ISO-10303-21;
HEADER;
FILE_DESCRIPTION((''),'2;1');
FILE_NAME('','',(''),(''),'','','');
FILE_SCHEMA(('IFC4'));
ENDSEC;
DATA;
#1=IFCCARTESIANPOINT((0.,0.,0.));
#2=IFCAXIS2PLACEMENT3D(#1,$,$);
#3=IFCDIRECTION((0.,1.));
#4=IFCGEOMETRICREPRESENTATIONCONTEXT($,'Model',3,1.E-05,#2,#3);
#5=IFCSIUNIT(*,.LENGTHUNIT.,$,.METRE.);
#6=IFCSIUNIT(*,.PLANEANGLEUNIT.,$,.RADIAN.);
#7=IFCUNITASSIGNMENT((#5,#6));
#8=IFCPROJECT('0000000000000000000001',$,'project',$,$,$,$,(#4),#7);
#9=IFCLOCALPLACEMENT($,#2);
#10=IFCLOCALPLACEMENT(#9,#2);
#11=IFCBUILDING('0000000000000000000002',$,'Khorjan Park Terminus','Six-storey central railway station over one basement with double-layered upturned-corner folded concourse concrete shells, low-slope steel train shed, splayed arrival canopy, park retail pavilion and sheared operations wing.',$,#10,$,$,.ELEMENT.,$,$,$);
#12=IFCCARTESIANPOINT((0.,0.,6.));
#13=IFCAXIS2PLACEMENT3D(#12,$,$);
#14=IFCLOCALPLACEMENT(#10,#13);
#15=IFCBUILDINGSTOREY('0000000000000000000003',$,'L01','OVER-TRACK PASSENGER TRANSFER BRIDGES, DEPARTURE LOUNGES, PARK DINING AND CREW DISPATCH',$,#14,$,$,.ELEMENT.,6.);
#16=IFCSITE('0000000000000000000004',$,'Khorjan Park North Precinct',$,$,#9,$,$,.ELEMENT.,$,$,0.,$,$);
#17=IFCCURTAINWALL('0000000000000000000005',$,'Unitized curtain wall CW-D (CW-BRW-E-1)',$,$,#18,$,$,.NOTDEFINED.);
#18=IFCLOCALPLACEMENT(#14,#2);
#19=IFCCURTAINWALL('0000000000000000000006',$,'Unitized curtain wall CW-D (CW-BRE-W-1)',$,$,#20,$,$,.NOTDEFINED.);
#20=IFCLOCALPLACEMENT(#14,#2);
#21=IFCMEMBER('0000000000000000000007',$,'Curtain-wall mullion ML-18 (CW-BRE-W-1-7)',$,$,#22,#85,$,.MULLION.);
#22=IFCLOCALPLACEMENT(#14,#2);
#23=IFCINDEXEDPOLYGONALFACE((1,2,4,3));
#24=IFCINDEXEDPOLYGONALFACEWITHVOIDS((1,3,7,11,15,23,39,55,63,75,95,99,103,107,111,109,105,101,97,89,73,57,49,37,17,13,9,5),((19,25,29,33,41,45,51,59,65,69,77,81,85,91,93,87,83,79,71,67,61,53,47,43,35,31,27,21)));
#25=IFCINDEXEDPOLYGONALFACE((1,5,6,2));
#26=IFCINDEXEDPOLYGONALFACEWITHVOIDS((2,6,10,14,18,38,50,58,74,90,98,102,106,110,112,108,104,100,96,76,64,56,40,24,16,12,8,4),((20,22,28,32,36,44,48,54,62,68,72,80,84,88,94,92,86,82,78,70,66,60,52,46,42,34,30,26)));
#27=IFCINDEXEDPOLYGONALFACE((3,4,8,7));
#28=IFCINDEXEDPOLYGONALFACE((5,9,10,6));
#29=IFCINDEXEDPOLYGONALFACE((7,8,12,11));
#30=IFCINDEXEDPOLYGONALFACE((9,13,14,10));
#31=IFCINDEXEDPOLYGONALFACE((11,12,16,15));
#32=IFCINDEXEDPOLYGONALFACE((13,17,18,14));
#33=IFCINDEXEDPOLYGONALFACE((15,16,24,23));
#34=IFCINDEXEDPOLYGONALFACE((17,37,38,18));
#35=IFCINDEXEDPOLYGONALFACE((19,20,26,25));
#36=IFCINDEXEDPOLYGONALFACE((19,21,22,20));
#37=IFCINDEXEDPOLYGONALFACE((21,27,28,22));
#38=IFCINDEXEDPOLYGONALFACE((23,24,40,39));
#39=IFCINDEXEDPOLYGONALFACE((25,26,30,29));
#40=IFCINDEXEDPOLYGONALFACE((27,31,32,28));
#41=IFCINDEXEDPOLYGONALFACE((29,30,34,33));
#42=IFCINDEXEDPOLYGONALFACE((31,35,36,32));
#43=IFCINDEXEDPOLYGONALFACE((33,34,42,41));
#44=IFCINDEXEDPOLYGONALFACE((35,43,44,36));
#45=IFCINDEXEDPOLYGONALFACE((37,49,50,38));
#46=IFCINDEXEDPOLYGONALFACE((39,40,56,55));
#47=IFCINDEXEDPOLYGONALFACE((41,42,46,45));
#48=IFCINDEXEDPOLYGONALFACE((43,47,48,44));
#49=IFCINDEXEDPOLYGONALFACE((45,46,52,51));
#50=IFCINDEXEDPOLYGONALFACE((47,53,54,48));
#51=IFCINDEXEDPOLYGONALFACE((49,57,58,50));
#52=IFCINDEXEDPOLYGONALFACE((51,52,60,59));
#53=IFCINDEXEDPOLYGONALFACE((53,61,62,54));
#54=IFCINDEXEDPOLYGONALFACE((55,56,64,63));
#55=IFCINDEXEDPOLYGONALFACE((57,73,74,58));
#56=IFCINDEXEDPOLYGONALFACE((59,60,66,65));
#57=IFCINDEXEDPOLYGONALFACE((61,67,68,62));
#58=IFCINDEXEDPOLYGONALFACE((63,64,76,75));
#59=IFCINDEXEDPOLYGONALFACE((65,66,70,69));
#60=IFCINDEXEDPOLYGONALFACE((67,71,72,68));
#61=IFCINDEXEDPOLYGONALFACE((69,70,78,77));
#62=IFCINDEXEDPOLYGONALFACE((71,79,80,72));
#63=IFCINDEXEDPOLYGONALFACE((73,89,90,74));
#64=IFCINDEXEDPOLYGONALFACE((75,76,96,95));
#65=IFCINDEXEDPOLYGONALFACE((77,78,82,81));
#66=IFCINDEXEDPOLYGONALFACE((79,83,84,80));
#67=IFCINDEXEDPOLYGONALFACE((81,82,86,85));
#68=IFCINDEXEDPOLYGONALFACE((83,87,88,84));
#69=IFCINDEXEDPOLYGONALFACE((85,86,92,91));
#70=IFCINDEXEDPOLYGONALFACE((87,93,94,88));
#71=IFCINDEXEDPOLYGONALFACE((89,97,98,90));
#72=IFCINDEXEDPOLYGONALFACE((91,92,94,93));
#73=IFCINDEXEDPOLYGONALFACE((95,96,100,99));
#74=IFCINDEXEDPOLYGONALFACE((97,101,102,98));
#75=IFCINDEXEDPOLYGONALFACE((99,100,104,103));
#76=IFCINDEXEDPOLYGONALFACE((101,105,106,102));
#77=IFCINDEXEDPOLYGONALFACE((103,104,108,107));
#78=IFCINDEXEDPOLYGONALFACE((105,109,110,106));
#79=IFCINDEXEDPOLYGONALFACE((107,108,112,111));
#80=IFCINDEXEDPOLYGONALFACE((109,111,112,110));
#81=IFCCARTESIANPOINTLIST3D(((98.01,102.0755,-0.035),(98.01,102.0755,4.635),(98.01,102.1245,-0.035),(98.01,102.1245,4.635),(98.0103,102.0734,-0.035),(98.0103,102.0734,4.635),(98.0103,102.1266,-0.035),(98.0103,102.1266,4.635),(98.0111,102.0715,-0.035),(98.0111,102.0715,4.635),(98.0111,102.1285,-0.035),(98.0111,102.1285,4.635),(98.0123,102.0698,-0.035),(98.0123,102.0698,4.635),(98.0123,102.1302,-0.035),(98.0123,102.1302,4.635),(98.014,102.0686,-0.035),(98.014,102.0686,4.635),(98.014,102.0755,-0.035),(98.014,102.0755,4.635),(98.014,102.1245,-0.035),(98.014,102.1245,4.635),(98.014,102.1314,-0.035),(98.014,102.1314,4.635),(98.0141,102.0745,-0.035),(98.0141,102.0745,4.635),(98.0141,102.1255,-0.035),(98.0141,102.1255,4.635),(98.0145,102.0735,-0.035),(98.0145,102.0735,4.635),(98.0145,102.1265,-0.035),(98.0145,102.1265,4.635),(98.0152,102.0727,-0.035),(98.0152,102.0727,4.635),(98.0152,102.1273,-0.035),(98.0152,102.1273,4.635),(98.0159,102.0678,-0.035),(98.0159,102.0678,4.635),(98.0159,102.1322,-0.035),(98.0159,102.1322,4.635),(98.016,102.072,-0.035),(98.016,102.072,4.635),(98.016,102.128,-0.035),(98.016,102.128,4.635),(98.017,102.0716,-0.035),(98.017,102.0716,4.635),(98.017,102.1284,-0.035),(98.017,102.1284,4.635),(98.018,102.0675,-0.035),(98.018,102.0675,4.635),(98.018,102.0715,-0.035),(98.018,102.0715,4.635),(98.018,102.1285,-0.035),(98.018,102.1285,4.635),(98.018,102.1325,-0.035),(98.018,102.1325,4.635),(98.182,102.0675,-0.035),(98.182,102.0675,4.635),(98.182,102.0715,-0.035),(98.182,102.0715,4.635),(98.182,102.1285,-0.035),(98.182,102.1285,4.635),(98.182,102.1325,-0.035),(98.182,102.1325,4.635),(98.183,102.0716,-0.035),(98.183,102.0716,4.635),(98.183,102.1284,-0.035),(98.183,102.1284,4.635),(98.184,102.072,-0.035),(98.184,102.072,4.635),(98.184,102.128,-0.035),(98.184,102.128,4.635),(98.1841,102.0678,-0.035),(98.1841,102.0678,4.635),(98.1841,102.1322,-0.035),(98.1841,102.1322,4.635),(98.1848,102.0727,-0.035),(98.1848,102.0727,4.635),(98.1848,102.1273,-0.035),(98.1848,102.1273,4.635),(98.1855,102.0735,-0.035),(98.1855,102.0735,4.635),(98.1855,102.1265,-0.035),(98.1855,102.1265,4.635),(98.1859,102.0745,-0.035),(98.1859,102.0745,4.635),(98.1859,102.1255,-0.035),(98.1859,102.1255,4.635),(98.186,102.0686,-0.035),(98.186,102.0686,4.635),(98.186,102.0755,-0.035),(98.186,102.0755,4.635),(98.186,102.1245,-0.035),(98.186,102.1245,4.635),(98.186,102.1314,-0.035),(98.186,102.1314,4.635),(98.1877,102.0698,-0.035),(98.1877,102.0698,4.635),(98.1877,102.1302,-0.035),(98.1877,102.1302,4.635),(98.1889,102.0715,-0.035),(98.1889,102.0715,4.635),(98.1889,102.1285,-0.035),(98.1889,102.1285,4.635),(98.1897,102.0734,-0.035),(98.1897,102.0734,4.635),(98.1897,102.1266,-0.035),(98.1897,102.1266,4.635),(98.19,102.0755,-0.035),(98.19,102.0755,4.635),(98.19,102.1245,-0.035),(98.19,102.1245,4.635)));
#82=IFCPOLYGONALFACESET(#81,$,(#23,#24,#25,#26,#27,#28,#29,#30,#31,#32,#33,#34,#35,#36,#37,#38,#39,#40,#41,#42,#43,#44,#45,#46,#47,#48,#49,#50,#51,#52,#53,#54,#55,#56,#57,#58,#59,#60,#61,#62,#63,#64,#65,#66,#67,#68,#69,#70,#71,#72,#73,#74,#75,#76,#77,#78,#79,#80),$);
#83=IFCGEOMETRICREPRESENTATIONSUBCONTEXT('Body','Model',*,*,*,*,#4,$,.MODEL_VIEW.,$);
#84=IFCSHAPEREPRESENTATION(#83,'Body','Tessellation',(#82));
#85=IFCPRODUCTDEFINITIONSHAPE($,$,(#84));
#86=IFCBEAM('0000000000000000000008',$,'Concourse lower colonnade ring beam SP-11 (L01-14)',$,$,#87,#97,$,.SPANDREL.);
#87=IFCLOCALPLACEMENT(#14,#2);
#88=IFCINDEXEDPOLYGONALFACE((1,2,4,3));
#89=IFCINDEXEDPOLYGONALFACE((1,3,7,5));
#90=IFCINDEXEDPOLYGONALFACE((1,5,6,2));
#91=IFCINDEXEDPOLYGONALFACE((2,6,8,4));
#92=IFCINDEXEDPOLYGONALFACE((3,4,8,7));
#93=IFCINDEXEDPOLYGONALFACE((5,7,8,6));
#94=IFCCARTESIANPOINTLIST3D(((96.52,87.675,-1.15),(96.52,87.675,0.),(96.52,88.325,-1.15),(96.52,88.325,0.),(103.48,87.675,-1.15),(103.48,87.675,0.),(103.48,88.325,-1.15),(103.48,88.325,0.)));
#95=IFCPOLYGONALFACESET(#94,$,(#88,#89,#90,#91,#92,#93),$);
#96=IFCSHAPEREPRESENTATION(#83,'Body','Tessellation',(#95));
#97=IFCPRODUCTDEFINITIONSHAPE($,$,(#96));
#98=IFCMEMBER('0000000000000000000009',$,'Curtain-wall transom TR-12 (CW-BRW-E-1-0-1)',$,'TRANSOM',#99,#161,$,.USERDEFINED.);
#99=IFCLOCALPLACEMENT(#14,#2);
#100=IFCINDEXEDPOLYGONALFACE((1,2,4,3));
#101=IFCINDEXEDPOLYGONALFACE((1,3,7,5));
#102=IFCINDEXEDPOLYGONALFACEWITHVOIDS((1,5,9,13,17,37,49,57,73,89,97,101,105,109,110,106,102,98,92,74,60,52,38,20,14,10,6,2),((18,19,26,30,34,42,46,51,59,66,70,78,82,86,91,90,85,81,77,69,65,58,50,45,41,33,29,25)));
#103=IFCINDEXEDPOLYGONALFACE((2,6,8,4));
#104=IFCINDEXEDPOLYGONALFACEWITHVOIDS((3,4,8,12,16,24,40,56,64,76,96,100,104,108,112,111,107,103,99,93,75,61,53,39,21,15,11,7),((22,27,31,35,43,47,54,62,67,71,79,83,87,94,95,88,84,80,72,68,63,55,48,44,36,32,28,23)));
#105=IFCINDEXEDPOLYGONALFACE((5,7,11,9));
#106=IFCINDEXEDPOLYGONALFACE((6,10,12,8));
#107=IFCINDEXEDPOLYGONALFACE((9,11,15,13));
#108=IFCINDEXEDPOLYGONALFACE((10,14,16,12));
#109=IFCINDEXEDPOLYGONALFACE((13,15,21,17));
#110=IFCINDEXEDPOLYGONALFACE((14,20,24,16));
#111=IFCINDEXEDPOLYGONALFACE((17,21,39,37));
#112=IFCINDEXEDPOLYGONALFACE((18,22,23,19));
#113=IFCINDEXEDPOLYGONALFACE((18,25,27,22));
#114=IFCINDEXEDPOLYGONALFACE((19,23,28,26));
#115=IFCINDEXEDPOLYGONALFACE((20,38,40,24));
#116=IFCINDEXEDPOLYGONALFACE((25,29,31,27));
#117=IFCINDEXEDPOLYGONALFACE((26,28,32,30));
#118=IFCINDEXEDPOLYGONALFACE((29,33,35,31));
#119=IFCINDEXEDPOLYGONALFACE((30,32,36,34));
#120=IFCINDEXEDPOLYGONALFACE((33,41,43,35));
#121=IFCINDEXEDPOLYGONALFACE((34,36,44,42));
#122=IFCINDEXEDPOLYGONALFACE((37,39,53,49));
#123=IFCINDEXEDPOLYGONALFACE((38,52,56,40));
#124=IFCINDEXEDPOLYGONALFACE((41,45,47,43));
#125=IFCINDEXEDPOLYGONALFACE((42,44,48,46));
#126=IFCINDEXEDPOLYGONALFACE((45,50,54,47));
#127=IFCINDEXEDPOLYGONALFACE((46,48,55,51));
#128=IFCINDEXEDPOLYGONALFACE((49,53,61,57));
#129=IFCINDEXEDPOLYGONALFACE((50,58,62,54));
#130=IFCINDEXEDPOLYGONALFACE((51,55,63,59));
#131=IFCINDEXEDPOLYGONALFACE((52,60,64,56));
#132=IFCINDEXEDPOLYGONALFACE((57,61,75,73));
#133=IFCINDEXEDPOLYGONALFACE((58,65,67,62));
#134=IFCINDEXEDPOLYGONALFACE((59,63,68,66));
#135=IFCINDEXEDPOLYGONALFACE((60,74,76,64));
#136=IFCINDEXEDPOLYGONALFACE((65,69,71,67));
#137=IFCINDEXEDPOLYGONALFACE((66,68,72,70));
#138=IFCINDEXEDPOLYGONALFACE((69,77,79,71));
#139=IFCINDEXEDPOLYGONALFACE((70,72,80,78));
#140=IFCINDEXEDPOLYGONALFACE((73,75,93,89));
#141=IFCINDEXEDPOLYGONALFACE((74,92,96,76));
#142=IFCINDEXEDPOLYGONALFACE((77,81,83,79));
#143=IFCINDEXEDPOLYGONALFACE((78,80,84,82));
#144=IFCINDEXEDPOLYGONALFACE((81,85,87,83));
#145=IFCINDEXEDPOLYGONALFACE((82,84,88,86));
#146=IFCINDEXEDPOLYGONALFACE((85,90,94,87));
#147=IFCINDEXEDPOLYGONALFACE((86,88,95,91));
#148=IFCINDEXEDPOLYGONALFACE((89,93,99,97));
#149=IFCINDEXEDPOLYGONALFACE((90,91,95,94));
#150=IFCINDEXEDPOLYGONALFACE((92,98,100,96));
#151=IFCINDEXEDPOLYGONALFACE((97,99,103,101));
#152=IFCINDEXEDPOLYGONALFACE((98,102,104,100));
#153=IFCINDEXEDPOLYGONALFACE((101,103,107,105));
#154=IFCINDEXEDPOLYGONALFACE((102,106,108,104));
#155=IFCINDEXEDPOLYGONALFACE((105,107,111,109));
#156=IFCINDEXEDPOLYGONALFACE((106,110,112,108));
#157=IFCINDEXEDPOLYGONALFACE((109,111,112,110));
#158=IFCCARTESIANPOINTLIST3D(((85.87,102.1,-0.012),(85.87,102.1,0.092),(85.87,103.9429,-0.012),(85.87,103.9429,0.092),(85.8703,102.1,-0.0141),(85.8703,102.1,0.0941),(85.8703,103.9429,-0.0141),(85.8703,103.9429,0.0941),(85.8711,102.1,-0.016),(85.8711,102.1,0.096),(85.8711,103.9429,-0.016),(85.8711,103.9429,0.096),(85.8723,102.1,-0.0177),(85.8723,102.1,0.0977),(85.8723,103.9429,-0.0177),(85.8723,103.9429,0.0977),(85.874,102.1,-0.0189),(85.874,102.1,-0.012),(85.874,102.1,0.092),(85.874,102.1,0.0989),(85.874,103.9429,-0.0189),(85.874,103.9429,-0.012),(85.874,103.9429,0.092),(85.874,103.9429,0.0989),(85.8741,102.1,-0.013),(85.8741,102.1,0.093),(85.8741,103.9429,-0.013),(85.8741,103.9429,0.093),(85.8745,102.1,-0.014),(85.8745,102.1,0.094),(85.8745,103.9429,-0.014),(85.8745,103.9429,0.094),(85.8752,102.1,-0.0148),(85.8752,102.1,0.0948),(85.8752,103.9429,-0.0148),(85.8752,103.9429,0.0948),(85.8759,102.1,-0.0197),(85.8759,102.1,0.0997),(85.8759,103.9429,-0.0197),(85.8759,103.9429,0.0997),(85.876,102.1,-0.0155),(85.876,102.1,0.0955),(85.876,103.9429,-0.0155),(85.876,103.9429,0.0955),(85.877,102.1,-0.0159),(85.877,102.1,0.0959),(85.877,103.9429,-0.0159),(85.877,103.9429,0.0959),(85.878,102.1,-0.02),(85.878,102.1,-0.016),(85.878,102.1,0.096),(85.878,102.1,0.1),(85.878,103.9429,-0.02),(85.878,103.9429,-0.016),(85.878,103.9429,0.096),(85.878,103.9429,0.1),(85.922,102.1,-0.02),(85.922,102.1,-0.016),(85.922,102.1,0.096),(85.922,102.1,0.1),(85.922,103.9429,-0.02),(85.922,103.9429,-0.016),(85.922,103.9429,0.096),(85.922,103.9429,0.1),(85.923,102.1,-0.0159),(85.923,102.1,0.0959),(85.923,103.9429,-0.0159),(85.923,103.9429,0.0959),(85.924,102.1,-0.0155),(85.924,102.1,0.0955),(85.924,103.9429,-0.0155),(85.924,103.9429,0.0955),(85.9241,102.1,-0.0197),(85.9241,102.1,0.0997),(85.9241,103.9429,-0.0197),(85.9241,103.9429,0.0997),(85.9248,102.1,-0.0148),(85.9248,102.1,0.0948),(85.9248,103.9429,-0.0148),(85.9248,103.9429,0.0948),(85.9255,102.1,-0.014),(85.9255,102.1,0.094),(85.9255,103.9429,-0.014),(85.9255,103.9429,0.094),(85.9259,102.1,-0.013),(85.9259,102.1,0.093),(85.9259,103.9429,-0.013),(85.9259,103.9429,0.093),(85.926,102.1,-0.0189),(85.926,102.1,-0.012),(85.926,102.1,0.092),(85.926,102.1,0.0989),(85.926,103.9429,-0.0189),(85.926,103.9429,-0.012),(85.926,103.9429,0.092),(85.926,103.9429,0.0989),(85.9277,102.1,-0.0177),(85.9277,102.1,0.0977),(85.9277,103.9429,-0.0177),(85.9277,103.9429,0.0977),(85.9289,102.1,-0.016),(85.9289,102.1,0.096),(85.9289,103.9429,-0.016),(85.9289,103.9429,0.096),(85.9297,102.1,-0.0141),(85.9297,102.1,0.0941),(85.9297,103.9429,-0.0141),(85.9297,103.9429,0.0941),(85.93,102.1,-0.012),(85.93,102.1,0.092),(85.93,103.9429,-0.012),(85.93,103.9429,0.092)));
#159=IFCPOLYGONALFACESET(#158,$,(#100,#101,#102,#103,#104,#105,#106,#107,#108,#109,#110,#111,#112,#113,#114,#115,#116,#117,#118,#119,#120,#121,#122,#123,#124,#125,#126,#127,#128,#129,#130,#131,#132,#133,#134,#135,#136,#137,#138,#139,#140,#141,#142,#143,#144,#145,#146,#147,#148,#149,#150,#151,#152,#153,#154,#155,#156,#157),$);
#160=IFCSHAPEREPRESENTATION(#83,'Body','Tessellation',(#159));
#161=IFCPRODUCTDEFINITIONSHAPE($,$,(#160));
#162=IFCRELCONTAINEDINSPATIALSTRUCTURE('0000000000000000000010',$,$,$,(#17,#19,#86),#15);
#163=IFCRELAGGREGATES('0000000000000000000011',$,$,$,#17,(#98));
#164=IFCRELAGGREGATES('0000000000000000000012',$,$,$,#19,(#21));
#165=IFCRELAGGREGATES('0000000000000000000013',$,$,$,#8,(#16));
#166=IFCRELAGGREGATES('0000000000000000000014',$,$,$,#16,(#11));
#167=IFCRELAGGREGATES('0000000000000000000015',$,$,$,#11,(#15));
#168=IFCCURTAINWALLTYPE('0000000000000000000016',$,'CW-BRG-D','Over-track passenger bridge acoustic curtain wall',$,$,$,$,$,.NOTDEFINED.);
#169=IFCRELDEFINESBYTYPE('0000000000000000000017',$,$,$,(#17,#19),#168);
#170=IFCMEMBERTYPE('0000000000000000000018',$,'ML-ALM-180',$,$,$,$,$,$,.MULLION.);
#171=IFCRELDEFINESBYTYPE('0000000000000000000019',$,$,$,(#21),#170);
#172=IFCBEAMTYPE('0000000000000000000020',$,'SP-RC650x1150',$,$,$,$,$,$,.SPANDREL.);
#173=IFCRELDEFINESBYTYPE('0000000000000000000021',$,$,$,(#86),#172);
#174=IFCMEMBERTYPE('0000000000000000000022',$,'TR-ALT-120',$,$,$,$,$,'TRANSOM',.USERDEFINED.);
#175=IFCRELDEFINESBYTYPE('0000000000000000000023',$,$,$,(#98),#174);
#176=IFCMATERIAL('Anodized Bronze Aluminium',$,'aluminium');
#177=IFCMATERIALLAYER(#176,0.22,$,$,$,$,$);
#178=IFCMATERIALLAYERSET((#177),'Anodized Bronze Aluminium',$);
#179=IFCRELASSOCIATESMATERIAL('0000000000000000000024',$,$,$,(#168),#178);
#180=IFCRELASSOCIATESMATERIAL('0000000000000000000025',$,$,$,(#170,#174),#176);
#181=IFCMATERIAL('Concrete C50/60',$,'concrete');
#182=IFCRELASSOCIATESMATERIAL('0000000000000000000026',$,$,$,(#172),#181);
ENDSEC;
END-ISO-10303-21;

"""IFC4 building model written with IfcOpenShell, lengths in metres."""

from ifc_helpers import new_model, si_unit, direction, frame, origin, origin_2d, place, context, subcontext, project, spatial, rectangle, hollow_rectangle, extrude, material, layer, layer_set, material_profile, profile_set, type_object, element, aggregate, save


model = new_model("IFC4")

# Units and contexts
model_context = context("Model", 3, precision=1e-05, world=origin(), true_north=direction((0.0, 1.0)))
body_context = subcontext(model_context, "Body", "Model", "MODEL_VIEW")
ifc_project = project(units=[si_unit("LENGTHUNIT", "METRE"), si_unit("PLANEANGLEUNIT", "RADIAN")], contexts=[model_context])

# Site, building, storey
site_placement = place(None, origin())
site = spatial("IfcSite", under=ifc_project, at=site_placement, Name="Khorjan Park North Precinct", CompositionType="ELEMENT", RefElevation=0.0)
building_placement = place(site_placement, origin())
building = spatial("IfcBuilding", under=site, at=building_placement, Name="Khorjan Park Terminus", Description="Six-storey central railway station over one basement with double-layered upturned-corner folded concourse concrete shells, low-slope steel train shed, splayed arrival canopy, park retail pavilion and sheared operations wing.", CompositionType="ELEMENT")
storey_placement = place(building_placement, frame((0.0, 0.0, 6.0)))
storey = spatial("IfcBuildingStorey", under=building, at=storey_placement, Name="L01", Description="OVER-TRACK PASSENGER TRANSFER BRIDGES, DEPARTURE LOUNGES, PARK DINING AND CREW DISPATCH", CompositionType="ELEMENT", Elevation=6.0)

# Curtain walls, member
ifc_material_1 = material(Name="Anodized Bronze Aluminium", Category="aluminium")
ifc_layer_1 = layer(ifc_material_1, 0.22)
ifc_layer_set_1 = layer_set([ifc_layer_1], Name="Anodized Bronze Aluminium")
curtain_wall_type = type_object("IfcCurtainWallType", Name="CW-BRG-D", Description="Over-track passenger bridge acoustic curtain wall", PredefinedType="NOTDEFINED", material=ifc_layer_set_1)
curtain_wall_1_placement = place(storey_placement, origin())
curtain_wall_1 = element("IfcCurtainWall", 1, at=curtain_wall_1_placement, inside=storey, type_object=curtain_wall_type, Name="Unitized curtain wall CW-D (CW-BRW-E-1)", PredefinedType="NOTDEFINED")
ifc_material_profile_1 = material_profile(ifc_material_1, hollow_rectangle(XDim=0.065, YDim=0.18, WallThickness=0.004, InnerFilletRadius=0.004, OuterFilletRadius=0.008, at=origin_2d()), Name="ALM 65x180x4")
ifc_profile_set_1 = profile_set([ifc_material_profile_1], Name="Anodized Bronze Aluminium")
member_type_1 = type_object("IfcMemberType", Name="ML-ALM-180", PredefinedType="MULLION", material=ifc_profile_set_1)
curtain_wall_2_placement = place(storey_placement, origin())
curtain_wall_2 = element("IfcCurtainWall", 2, at=curtain_wall_2_placement, inside=storey, type_object=curtain_wall_type, Name="Unitized curtain wall CW-D (CW-BRE-W-1)", PredefinedType="NOTDEFINED")
member_1_placement = place(storey_placement, frame((98.1, 102.1, -0.035), z_axis=(0.0, 0.0, 1.0), x_axis=(0.0, -1.0, 0.0)))
member_1 = element("IfcMember", 3, at=member_1_placement, type_object=member_type_1, Name="Curtain-wall mullion ML-18 (CW-BRE-W-1-7)", PredefinedType="MULLION", context=body_context, shape_type="SweptSolid", body=[
    extrude(hollow_rectangle(XDim=0.065, YDim=0.18, WallThickness=0.004, InnerFilletRadius=0.004, OuterFilletRadius=0.008, at=origin_2d()), origin(), (0.0, 0.0, 1.0), 4.67),
])

# Beam
ifc_material_2 = material(Name="Concrete C50/60", Category="concrete")
ifc_material_profile_2 = material_profile(ifc_material_2, rectangle(XDim=0.65, YDim=1.15, at=origin_2d()), Name="RC 650x1150")
ifc_profile_set_2 = profile_set([ifc_material_profile_2], Name="Concrete C50/60")
beam_type_1 = type_object("IfcBeamType", Name="SP-RC650x1150", PredefinedType="SPANDREL", material=ifc_profile_set_2)
beam_1_placement = place(storey_placement, frame((96.52, 88.0, -0.575), z_axis=(1.0, 0.0, 0.0), x_axis=(0.0, 1.0, 0.0)))
element("IfcBeam", 4, at=beam_1_placement, inside=storey, type_object=beam_type_1, Name="Concourse lower colonnade ring beam SP-11 (L01-14)", PredefinedType="SPANDREL", context=body_context, shape_type="SweptSolid", body=[
    extrude(rectangle(XDim=0.65, YDim=1.15, at=origin_2d()), origin(), (0.0, 0.0, 1.0), 6.96),
])

# Member
ifc_material_profile_3 = material_profile(ifc_material_1, hollow_rectangle(XDim=0.06, YDim=0.12, WallThickness=0.004, InnerFilletRadius=0.004, OuterFilletRadius=0.008, at=origin_2d()), Name="ALT 60x120x4")
ifc_profile_set_3 = profile_set([ifc_material_profile_3], Name="Anodized Bronze Aluminium")
member_type_2 = type_object("IfcMemberType", Name="TR-ALT-120", ElementType="TRANSOM", PredefinedType="USERDEFINED", material=ifc_profile_set_3)
member_2_placement = place(storey_placement, frame((85.9, 102.1, 0.04), z_axis=(0.0, 1.0, 0.0), x_axis=(-1.0, 0.0, 0.0)))
member_2 = element("IfcMember", 5, at=member_2_placement, type_object=member_type_2, Name="Curtain-wall transom TR-12 (CW-BRW-E-1-0-1)", ObjectType="TRANSOM", PredefinedType="USERDEFINED", context=body_context, shape_type="SweptSolid", body=[
    extrude(hollow_rectangle(XDim=0.06, YDim=0.12, WallThickness=0.004, InnerFilletRadius=0.004, OuterFilletRadius=0.008, at=origin_2d()), origin(), (0.0, 0.0, 1.0), 1.8429),
])

aggregate(curtain_wall_1, [member_2])
aggregate(curtain_wall_2, [member_1])

save(model, "model.ifc")
